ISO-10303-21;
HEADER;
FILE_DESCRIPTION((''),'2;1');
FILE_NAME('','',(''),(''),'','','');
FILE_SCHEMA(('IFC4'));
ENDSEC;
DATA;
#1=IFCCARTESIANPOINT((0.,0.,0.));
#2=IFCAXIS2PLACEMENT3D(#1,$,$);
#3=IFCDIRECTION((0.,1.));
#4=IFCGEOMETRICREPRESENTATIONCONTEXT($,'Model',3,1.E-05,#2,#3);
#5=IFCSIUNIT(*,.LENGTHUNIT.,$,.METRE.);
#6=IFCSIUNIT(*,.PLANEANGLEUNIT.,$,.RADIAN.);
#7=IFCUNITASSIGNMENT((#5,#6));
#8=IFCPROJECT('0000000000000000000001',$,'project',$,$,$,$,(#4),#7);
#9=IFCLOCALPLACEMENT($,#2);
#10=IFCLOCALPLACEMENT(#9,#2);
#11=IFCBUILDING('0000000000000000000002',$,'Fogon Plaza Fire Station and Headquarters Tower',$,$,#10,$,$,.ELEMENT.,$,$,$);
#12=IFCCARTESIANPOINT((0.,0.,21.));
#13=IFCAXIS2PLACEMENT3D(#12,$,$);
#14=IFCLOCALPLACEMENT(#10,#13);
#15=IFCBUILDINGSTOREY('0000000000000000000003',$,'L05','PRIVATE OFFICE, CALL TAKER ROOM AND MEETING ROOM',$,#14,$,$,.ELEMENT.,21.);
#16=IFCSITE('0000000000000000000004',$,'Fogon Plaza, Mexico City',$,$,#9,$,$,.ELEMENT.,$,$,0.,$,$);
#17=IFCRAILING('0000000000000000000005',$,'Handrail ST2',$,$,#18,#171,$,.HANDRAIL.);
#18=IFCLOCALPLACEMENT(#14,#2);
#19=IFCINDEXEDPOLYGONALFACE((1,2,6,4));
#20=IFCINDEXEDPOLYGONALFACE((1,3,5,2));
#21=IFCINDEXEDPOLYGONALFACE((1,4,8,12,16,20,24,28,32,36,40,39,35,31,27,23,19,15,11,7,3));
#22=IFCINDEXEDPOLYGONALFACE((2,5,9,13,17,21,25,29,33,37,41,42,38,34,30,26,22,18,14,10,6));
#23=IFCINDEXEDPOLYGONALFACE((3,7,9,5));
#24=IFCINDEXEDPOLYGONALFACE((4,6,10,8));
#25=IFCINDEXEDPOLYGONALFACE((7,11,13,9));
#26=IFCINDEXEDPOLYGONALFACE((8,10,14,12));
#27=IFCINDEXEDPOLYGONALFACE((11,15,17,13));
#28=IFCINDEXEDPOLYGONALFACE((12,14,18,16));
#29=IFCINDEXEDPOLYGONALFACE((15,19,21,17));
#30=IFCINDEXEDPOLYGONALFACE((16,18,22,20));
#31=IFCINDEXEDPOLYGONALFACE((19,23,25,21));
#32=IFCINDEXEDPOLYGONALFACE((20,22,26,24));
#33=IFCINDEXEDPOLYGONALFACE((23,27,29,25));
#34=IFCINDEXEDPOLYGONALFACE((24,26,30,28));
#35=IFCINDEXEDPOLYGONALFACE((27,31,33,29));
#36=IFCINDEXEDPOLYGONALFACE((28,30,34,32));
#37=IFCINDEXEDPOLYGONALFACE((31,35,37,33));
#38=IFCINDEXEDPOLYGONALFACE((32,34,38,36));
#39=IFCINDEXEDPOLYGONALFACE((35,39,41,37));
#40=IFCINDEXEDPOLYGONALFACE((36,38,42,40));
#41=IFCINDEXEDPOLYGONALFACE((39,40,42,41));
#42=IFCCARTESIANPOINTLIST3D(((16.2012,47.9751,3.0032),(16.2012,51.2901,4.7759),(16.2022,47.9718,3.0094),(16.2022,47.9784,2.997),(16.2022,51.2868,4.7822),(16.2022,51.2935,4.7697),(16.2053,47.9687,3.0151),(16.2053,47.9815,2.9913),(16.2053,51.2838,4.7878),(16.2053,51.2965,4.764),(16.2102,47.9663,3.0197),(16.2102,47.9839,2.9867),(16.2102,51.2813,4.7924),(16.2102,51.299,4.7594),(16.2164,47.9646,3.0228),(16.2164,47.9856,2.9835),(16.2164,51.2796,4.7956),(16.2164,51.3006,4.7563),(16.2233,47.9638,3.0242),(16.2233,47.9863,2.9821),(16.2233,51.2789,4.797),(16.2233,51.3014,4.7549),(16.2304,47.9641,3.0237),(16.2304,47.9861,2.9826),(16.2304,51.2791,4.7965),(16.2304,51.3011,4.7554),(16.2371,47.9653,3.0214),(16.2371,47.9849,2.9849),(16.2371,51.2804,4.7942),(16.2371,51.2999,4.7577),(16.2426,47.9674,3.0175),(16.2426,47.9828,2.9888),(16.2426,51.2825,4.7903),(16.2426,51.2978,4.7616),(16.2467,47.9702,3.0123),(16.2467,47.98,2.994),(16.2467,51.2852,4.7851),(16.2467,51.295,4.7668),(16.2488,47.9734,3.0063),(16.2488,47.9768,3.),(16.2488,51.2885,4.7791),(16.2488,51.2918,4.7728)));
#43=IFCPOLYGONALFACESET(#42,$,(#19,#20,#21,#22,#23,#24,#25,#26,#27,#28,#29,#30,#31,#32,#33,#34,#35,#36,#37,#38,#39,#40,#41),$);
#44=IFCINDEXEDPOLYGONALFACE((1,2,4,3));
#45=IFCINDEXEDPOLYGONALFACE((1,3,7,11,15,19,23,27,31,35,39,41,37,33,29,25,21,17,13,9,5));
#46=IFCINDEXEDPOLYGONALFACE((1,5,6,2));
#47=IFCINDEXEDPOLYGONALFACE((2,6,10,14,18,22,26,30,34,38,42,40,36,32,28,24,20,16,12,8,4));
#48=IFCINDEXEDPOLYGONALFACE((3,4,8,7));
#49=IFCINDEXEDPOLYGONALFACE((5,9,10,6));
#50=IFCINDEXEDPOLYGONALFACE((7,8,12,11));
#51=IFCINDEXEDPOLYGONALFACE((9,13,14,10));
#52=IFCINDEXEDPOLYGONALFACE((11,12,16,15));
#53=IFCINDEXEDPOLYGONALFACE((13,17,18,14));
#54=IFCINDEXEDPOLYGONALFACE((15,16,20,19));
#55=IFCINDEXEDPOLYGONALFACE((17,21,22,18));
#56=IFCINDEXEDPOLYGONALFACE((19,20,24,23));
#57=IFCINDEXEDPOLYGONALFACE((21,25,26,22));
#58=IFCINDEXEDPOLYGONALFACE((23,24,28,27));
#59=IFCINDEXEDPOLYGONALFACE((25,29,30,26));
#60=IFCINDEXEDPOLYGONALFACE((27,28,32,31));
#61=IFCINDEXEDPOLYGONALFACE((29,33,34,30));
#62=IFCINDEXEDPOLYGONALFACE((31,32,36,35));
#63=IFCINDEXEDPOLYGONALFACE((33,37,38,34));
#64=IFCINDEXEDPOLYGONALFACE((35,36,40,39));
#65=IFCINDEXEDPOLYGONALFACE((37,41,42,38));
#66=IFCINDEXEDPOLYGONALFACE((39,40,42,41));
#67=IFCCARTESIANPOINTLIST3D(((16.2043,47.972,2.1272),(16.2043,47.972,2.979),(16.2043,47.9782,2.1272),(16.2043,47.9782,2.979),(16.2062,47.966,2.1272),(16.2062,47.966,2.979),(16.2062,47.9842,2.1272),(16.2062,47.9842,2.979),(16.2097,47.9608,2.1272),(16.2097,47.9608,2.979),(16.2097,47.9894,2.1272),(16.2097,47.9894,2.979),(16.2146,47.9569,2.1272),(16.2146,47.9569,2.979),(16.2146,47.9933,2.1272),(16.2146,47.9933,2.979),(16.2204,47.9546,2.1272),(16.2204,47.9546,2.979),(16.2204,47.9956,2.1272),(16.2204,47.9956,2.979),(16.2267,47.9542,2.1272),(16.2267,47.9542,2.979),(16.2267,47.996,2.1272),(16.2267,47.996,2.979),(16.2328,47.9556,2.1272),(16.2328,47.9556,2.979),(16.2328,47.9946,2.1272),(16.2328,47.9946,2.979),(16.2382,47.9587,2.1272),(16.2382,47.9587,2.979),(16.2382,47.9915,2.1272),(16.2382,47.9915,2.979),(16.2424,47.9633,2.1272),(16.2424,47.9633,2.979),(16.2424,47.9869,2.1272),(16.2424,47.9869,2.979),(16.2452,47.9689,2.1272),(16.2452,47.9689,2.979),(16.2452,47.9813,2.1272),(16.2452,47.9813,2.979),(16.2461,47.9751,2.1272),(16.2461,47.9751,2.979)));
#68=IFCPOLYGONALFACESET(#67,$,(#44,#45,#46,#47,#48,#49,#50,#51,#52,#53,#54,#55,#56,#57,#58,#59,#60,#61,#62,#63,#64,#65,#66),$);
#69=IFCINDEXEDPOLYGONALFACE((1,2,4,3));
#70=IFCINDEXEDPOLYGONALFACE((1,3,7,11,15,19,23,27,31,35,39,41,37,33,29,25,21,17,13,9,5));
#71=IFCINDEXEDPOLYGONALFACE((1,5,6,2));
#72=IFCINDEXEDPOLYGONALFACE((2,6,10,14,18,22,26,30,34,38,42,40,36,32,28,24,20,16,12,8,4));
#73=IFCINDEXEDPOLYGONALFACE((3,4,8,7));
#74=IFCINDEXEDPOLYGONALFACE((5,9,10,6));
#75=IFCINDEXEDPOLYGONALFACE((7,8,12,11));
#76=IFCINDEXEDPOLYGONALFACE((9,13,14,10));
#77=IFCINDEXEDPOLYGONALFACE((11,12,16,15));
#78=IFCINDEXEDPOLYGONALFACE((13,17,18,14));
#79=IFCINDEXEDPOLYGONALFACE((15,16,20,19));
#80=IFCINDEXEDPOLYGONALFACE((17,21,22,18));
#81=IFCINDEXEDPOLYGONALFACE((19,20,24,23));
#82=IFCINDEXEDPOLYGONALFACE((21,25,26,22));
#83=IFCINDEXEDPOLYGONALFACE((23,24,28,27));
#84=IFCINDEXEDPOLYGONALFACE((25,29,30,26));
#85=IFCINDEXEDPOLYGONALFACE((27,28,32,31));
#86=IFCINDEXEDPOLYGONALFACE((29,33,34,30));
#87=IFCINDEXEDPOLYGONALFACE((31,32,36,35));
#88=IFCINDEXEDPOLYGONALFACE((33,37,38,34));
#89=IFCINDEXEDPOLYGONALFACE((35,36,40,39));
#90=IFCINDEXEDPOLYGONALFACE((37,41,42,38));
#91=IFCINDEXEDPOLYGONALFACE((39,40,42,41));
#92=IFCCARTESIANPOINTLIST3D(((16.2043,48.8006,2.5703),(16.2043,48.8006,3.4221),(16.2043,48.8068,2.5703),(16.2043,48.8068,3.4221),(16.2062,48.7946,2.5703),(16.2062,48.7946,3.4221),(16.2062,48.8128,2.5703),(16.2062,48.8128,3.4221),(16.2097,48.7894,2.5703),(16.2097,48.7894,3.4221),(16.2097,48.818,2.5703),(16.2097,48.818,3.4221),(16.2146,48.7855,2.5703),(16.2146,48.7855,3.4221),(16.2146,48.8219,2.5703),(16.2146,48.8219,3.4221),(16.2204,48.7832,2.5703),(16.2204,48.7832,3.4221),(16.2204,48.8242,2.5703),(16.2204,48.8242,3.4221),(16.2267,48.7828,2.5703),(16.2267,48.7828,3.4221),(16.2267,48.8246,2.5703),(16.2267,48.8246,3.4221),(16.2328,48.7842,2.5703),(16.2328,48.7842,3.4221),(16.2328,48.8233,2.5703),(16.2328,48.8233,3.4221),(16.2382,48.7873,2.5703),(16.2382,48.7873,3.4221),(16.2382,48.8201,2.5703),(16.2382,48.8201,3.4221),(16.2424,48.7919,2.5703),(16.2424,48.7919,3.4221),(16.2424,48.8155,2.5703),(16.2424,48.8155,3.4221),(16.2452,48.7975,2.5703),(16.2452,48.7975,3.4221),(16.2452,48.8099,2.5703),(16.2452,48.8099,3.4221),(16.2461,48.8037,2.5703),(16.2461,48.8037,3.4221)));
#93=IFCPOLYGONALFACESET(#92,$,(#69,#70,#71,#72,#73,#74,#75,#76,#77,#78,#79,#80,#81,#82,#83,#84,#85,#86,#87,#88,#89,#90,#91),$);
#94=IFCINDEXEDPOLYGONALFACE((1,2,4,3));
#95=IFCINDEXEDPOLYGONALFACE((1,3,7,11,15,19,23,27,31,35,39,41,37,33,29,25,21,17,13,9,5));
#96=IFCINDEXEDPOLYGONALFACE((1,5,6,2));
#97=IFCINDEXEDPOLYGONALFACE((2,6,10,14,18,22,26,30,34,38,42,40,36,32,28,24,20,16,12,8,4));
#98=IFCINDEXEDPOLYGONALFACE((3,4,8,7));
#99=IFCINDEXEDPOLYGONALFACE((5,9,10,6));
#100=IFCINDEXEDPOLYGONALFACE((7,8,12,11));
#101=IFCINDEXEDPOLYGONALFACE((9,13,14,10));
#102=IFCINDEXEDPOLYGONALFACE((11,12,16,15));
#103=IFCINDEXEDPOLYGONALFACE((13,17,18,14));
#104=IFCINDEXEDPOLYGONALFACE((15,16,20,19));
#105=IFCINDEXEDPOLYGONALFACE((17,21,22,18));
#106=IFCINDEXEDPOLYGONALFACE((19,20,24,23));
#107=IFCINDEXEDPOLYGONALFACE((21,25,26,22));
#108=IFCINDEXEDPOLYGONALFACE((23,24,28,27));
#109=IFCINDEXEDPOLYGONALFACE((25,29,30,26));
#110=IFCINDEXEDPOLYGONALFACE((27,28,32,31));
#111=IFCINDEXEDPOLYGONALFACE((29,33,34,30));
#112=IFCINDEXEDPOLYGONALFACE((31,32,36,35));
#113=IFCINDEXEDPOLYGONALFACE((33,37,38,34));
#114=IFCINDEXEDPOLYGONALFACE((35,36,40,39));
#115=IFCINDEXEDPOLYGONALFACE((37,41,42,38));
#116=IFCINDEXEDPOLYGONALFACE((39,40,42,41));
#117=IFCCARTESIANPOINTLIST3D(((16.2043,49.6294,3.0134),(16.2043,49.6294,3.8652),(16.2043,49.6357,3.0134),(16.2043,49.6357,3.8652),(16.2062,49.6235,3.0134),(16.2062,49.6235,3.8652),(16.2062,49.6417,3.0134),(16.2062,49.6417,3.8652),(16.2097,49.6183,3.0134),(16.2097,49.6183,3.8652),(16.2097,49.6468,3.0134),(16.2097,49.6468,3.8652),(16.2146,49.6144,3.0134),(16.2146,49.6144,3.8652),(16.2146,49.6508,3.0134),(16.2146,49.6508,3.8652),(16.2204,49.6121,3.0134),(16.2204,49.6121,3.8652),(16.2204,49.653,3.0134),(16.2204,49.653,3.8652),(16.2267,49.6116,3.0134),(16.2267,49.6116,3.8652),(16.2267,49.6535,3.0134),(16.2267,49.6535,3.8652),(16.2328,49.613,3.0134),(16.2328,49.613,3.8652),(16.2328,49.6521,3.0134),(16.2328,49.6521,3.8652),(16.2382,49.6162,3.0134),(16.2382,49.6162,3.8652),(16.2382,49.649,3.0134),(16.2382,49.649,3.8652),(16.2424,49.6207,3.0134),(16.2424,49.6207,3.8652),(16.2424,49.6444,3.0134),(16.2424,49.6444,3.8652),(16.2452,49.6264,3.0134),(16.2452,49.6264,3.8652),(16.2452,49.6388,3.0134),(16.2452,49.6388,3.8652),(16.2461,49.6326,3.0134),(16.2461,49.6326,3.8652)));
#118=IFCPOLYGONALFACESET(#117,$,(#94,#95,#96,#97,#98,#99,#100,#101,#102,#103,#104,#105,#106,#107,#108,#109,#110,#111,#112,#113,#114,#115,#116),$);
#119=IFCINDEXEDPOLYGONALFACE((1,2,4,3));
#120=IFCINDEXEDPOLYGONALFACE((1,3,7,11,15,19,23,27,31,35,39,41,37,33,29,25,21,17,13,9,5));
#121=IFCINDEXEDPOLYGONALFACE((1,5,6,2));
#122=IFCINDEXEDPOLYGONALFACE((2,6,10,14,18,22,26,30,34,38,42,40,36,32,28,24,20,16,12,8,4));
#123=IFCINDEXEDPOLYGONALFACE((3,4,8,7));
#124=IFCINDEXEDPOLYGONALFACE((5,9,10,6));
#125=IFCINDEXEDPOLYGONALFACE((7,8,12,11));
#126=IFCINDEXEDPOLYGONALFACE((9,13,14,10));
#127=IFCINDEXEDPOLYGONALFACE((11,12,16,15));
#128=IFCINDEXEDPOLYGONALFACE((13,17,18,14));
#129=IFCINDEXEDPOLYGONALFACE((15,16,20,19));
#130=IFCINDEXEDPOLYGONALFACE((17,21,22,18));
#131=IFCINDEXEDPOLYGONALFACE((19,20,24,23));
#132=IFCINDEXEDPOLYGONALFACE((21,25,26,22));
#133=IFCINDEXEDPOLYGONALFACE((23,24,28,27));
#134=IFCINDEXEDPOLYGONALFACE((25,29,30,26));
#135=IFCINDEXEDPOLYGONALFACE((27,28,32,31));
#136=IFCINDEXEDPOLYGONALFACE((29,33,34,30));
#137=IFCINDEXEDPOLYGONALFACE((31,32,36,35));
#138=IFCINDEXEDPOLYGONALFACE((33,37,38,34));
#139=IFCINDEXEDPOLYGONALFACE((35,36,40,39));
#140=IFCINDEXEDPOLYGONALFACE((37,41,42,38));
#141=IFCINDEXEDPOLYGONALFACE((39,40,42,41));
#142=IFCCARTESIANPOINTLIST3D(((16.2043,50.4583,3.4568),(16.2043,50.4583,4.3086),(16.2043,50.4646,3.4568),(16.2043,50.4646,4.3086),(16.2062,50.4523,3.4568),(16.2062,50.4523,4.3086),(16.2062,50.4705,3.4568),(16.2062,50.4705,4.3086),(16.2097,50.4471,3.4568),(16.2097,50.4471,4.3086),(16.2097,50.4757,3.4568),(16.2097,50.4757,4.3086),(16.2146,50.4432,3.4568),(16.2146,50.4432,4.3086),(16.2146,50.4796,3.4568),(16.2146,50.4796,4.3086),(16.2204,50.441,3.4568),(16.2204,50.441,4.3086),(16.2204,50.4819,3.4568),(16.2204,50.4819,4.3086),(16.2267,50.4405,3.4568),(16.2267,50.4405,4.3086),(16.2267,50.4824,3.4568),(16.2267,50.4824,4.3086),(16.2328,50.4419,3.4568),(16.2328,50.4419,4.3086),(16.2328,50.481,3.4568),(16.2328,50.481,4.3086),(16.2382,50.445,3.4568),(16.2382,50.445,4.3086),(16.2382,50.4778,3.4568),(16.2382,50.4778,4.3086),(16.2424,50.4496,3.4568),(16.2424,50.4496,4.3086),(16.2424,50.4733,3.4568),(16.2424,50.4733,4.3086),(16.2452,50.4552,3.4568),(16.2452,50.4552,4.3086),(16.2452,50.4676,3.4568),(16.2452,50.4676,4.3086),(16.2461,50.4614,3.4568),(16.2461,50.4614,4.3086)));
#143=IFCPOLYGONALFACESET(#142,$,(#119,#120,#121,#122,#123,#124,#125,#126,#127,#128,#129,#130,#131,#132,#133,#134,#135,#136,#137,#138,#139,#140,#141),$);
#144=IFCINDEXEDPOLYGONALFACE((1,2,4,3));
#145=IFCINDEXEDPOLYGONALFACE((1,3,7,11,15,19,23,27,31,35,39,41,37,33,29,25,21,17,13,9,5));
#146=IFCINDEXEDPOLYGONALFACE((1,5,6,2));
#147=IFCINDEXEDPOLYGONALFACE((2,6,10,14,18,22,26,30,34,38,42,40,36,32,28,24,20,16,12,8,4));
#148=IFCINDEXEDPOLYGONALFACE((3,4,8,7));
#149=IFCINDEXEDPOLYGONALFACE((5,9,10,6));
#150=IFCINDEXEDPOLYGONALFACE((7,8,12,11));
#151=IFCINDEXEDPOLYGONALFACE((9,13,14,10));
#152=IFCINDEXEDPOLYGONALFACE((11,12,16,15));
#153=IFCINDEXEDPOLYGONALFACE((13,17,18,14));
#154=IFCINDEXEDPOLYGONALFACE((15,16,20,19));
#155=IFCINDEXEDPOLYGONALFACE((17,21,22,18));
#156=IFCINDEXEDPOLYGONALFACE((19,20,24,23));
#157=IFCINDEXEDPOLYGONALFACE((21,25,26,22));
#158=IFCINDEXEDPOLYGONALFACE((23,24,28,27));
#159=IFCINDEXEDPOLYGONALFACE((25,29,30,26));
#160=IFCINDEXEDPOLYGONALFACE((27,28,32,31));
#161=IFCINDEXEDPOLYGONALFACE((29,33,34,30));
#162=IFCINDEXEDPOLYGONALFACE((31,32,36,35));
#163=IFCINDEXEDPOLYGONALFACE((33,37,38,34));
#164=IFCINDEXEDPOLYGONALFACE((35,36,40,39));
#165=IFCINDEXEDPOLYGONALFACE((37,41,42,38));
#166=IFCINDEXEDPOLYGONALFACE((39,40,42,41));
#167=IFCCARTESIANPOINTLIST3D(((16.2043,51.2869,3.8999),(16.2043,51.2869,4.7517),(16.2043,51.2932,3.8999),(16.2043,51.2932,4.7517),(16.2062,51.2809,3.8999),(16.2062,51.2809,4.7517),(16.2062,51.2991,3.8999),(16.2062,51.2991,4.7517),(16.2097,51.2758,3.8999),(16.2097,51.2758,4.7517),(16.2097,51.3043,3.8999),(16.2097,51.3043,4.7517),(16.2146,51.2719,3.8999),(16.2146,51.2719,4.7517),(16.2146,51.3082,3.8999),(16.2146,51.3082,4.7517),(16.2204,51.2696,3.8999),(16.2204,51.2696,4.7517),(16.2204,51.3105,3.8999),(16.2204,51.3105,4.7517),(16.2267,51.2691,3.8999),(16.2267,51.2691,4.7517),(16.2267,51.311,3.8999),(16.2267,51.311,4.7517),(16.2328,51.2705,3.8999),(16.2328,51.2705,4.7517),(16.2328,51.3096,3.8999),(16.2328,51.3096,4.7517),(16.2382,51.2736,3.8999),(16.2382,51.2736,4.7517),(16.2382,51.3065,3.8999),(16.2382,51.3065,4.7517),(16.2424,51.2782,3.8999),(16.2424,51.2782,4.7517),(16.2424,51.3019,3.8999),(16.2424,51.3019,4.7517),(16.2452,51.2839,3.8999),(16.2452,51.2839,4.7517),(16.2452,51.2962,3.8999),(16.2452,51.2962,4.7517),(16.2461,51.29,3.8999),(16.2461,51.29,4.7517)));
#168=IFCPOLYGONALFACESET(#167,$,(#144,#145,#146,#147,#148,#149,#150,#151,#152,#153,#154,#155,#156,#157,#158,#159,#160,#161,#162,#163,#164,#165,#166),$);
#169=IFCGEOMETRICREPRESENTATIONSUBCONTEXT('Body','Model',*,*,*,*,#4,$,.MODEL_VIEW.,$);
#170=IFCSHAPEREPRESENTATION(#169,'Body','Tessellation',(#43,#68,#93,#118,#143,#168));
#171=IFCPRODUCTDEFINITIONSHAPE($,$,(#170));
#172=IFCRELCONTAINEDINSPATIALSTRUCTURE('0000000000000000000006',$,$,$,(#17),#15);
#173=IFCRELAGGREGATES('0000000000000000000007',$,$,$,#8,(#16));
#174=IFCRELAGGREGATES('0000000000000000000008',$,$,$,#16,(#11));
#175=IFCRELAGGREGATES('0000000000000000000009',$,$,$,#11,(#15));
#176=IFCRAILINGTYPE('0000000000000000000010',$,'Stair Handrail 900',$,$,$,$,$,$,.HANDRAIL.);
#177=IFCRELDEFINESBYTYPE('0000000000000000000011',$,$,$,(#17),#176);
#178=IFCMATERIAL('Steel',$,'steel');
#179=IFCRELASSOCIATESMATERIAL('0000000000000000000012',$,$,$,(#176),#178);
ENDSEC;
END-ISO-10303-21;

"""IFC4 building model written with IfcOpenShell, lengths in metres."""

from ifc_helpers import new_model, si_unit, direction, frame, origin, origin_2d, place, context, subcontext, project, spatial, circle, extrude, material, type_object, element, save


model = new_model("IFC4")

# Units and contexts
model_context = context("Model", 3, precision=1e-05, world=origin(), true_north=direction((0.0, 1.0)))
body_context = subcontext(model_context, "Body", "Model", "MODEL_VIEW")
ifc_project = project(units=[si_unit("LENGTHUNIT", "METRE"), si_unit("PLANEANGLEUNIT", "RADIAN")], contexts=[model_context])

# Site, building, storey
site_placement = place(None, origin())
site = spatial("IfcSite", under=ifc_project, at=site_placement, Name="Fogon Plaza, Mexico City", CompositionType="ELEMENT", RefElevation=0.0)
building_placement = place(site_placement, origin())
building = spatial("IfcBuilding", under=site, at=building_placement, Name="Fogon Plaza Fire Station and Headquarters Tower", CompositionType="ELEMENT")
storey_placement = place(building_placement, frame((0.0, 0.0, 21.0)))
storey = spatial("IfcBuildingStorey", under=building, at=storey_placement, Name="L05", Description="PRIVATE OFFICE, CALL TAKER ROOM AND MEETING ROOM", CompositionType="ELEMENT", Elevation=21.0)

# Railing
ifc_material_1 = material(Name="Steel", Category="steel")
railing_type = type_object("IfcRailingType", Name="Stair Handrail 900", PredefinedType="HANDRAIL", material=ifc_material_1)
for number, where, name in (
    (1, (16.2251, 47.9751, 2.1272), "Handrail ST2"),
):
    element("IfcRailing", number, at=place(storey_placement, frame(where)), inside=storey, type_object=railing_type, Name=name, PredefinedType="HANDRAIL", context=body_context, shape_type="SweptSolid", body=[
        extrude(circle(Radius=0.0239, at=origin_2d()), frame((0.0, 0.0, 0.876), z_axis=(0.0, 0.881829, 0.471569), x_axis=(-1.0, 0.0, 0.0)), (0.0, 0.0, 1.0), 3.7593),
        extrude(circle(Radius=0.021, at=origin_2d()), origin(), (0.0, 0.0, 1.0), 0.8518),
        extrude(circle(Radius=0.021, at=origin_2d()), frame((0.0, 0.8286, 0.4431)), (0.0, 0.0, 1.0), 0.8518),
        extrude(circle(Radius=0.021, at=origin_2d()), frame((0.0, 1.6575, 0.8862)), (0.0, 0.0, 1.0), 0.8518),
        extrude(circle(Radius=0.021, at=origin_2d()), frame((0.0, 2.4863, 1.3296)), (0.0, 0.0, 1.0), 0.8518),
        extrude(circle(Radius=0.021, at=origin_2d()), frame((0.0, 3.3149, 1.7727)), (0.0, 0.0, 1.0), 0.8518),
    ])

save(model, "model.ifc")
